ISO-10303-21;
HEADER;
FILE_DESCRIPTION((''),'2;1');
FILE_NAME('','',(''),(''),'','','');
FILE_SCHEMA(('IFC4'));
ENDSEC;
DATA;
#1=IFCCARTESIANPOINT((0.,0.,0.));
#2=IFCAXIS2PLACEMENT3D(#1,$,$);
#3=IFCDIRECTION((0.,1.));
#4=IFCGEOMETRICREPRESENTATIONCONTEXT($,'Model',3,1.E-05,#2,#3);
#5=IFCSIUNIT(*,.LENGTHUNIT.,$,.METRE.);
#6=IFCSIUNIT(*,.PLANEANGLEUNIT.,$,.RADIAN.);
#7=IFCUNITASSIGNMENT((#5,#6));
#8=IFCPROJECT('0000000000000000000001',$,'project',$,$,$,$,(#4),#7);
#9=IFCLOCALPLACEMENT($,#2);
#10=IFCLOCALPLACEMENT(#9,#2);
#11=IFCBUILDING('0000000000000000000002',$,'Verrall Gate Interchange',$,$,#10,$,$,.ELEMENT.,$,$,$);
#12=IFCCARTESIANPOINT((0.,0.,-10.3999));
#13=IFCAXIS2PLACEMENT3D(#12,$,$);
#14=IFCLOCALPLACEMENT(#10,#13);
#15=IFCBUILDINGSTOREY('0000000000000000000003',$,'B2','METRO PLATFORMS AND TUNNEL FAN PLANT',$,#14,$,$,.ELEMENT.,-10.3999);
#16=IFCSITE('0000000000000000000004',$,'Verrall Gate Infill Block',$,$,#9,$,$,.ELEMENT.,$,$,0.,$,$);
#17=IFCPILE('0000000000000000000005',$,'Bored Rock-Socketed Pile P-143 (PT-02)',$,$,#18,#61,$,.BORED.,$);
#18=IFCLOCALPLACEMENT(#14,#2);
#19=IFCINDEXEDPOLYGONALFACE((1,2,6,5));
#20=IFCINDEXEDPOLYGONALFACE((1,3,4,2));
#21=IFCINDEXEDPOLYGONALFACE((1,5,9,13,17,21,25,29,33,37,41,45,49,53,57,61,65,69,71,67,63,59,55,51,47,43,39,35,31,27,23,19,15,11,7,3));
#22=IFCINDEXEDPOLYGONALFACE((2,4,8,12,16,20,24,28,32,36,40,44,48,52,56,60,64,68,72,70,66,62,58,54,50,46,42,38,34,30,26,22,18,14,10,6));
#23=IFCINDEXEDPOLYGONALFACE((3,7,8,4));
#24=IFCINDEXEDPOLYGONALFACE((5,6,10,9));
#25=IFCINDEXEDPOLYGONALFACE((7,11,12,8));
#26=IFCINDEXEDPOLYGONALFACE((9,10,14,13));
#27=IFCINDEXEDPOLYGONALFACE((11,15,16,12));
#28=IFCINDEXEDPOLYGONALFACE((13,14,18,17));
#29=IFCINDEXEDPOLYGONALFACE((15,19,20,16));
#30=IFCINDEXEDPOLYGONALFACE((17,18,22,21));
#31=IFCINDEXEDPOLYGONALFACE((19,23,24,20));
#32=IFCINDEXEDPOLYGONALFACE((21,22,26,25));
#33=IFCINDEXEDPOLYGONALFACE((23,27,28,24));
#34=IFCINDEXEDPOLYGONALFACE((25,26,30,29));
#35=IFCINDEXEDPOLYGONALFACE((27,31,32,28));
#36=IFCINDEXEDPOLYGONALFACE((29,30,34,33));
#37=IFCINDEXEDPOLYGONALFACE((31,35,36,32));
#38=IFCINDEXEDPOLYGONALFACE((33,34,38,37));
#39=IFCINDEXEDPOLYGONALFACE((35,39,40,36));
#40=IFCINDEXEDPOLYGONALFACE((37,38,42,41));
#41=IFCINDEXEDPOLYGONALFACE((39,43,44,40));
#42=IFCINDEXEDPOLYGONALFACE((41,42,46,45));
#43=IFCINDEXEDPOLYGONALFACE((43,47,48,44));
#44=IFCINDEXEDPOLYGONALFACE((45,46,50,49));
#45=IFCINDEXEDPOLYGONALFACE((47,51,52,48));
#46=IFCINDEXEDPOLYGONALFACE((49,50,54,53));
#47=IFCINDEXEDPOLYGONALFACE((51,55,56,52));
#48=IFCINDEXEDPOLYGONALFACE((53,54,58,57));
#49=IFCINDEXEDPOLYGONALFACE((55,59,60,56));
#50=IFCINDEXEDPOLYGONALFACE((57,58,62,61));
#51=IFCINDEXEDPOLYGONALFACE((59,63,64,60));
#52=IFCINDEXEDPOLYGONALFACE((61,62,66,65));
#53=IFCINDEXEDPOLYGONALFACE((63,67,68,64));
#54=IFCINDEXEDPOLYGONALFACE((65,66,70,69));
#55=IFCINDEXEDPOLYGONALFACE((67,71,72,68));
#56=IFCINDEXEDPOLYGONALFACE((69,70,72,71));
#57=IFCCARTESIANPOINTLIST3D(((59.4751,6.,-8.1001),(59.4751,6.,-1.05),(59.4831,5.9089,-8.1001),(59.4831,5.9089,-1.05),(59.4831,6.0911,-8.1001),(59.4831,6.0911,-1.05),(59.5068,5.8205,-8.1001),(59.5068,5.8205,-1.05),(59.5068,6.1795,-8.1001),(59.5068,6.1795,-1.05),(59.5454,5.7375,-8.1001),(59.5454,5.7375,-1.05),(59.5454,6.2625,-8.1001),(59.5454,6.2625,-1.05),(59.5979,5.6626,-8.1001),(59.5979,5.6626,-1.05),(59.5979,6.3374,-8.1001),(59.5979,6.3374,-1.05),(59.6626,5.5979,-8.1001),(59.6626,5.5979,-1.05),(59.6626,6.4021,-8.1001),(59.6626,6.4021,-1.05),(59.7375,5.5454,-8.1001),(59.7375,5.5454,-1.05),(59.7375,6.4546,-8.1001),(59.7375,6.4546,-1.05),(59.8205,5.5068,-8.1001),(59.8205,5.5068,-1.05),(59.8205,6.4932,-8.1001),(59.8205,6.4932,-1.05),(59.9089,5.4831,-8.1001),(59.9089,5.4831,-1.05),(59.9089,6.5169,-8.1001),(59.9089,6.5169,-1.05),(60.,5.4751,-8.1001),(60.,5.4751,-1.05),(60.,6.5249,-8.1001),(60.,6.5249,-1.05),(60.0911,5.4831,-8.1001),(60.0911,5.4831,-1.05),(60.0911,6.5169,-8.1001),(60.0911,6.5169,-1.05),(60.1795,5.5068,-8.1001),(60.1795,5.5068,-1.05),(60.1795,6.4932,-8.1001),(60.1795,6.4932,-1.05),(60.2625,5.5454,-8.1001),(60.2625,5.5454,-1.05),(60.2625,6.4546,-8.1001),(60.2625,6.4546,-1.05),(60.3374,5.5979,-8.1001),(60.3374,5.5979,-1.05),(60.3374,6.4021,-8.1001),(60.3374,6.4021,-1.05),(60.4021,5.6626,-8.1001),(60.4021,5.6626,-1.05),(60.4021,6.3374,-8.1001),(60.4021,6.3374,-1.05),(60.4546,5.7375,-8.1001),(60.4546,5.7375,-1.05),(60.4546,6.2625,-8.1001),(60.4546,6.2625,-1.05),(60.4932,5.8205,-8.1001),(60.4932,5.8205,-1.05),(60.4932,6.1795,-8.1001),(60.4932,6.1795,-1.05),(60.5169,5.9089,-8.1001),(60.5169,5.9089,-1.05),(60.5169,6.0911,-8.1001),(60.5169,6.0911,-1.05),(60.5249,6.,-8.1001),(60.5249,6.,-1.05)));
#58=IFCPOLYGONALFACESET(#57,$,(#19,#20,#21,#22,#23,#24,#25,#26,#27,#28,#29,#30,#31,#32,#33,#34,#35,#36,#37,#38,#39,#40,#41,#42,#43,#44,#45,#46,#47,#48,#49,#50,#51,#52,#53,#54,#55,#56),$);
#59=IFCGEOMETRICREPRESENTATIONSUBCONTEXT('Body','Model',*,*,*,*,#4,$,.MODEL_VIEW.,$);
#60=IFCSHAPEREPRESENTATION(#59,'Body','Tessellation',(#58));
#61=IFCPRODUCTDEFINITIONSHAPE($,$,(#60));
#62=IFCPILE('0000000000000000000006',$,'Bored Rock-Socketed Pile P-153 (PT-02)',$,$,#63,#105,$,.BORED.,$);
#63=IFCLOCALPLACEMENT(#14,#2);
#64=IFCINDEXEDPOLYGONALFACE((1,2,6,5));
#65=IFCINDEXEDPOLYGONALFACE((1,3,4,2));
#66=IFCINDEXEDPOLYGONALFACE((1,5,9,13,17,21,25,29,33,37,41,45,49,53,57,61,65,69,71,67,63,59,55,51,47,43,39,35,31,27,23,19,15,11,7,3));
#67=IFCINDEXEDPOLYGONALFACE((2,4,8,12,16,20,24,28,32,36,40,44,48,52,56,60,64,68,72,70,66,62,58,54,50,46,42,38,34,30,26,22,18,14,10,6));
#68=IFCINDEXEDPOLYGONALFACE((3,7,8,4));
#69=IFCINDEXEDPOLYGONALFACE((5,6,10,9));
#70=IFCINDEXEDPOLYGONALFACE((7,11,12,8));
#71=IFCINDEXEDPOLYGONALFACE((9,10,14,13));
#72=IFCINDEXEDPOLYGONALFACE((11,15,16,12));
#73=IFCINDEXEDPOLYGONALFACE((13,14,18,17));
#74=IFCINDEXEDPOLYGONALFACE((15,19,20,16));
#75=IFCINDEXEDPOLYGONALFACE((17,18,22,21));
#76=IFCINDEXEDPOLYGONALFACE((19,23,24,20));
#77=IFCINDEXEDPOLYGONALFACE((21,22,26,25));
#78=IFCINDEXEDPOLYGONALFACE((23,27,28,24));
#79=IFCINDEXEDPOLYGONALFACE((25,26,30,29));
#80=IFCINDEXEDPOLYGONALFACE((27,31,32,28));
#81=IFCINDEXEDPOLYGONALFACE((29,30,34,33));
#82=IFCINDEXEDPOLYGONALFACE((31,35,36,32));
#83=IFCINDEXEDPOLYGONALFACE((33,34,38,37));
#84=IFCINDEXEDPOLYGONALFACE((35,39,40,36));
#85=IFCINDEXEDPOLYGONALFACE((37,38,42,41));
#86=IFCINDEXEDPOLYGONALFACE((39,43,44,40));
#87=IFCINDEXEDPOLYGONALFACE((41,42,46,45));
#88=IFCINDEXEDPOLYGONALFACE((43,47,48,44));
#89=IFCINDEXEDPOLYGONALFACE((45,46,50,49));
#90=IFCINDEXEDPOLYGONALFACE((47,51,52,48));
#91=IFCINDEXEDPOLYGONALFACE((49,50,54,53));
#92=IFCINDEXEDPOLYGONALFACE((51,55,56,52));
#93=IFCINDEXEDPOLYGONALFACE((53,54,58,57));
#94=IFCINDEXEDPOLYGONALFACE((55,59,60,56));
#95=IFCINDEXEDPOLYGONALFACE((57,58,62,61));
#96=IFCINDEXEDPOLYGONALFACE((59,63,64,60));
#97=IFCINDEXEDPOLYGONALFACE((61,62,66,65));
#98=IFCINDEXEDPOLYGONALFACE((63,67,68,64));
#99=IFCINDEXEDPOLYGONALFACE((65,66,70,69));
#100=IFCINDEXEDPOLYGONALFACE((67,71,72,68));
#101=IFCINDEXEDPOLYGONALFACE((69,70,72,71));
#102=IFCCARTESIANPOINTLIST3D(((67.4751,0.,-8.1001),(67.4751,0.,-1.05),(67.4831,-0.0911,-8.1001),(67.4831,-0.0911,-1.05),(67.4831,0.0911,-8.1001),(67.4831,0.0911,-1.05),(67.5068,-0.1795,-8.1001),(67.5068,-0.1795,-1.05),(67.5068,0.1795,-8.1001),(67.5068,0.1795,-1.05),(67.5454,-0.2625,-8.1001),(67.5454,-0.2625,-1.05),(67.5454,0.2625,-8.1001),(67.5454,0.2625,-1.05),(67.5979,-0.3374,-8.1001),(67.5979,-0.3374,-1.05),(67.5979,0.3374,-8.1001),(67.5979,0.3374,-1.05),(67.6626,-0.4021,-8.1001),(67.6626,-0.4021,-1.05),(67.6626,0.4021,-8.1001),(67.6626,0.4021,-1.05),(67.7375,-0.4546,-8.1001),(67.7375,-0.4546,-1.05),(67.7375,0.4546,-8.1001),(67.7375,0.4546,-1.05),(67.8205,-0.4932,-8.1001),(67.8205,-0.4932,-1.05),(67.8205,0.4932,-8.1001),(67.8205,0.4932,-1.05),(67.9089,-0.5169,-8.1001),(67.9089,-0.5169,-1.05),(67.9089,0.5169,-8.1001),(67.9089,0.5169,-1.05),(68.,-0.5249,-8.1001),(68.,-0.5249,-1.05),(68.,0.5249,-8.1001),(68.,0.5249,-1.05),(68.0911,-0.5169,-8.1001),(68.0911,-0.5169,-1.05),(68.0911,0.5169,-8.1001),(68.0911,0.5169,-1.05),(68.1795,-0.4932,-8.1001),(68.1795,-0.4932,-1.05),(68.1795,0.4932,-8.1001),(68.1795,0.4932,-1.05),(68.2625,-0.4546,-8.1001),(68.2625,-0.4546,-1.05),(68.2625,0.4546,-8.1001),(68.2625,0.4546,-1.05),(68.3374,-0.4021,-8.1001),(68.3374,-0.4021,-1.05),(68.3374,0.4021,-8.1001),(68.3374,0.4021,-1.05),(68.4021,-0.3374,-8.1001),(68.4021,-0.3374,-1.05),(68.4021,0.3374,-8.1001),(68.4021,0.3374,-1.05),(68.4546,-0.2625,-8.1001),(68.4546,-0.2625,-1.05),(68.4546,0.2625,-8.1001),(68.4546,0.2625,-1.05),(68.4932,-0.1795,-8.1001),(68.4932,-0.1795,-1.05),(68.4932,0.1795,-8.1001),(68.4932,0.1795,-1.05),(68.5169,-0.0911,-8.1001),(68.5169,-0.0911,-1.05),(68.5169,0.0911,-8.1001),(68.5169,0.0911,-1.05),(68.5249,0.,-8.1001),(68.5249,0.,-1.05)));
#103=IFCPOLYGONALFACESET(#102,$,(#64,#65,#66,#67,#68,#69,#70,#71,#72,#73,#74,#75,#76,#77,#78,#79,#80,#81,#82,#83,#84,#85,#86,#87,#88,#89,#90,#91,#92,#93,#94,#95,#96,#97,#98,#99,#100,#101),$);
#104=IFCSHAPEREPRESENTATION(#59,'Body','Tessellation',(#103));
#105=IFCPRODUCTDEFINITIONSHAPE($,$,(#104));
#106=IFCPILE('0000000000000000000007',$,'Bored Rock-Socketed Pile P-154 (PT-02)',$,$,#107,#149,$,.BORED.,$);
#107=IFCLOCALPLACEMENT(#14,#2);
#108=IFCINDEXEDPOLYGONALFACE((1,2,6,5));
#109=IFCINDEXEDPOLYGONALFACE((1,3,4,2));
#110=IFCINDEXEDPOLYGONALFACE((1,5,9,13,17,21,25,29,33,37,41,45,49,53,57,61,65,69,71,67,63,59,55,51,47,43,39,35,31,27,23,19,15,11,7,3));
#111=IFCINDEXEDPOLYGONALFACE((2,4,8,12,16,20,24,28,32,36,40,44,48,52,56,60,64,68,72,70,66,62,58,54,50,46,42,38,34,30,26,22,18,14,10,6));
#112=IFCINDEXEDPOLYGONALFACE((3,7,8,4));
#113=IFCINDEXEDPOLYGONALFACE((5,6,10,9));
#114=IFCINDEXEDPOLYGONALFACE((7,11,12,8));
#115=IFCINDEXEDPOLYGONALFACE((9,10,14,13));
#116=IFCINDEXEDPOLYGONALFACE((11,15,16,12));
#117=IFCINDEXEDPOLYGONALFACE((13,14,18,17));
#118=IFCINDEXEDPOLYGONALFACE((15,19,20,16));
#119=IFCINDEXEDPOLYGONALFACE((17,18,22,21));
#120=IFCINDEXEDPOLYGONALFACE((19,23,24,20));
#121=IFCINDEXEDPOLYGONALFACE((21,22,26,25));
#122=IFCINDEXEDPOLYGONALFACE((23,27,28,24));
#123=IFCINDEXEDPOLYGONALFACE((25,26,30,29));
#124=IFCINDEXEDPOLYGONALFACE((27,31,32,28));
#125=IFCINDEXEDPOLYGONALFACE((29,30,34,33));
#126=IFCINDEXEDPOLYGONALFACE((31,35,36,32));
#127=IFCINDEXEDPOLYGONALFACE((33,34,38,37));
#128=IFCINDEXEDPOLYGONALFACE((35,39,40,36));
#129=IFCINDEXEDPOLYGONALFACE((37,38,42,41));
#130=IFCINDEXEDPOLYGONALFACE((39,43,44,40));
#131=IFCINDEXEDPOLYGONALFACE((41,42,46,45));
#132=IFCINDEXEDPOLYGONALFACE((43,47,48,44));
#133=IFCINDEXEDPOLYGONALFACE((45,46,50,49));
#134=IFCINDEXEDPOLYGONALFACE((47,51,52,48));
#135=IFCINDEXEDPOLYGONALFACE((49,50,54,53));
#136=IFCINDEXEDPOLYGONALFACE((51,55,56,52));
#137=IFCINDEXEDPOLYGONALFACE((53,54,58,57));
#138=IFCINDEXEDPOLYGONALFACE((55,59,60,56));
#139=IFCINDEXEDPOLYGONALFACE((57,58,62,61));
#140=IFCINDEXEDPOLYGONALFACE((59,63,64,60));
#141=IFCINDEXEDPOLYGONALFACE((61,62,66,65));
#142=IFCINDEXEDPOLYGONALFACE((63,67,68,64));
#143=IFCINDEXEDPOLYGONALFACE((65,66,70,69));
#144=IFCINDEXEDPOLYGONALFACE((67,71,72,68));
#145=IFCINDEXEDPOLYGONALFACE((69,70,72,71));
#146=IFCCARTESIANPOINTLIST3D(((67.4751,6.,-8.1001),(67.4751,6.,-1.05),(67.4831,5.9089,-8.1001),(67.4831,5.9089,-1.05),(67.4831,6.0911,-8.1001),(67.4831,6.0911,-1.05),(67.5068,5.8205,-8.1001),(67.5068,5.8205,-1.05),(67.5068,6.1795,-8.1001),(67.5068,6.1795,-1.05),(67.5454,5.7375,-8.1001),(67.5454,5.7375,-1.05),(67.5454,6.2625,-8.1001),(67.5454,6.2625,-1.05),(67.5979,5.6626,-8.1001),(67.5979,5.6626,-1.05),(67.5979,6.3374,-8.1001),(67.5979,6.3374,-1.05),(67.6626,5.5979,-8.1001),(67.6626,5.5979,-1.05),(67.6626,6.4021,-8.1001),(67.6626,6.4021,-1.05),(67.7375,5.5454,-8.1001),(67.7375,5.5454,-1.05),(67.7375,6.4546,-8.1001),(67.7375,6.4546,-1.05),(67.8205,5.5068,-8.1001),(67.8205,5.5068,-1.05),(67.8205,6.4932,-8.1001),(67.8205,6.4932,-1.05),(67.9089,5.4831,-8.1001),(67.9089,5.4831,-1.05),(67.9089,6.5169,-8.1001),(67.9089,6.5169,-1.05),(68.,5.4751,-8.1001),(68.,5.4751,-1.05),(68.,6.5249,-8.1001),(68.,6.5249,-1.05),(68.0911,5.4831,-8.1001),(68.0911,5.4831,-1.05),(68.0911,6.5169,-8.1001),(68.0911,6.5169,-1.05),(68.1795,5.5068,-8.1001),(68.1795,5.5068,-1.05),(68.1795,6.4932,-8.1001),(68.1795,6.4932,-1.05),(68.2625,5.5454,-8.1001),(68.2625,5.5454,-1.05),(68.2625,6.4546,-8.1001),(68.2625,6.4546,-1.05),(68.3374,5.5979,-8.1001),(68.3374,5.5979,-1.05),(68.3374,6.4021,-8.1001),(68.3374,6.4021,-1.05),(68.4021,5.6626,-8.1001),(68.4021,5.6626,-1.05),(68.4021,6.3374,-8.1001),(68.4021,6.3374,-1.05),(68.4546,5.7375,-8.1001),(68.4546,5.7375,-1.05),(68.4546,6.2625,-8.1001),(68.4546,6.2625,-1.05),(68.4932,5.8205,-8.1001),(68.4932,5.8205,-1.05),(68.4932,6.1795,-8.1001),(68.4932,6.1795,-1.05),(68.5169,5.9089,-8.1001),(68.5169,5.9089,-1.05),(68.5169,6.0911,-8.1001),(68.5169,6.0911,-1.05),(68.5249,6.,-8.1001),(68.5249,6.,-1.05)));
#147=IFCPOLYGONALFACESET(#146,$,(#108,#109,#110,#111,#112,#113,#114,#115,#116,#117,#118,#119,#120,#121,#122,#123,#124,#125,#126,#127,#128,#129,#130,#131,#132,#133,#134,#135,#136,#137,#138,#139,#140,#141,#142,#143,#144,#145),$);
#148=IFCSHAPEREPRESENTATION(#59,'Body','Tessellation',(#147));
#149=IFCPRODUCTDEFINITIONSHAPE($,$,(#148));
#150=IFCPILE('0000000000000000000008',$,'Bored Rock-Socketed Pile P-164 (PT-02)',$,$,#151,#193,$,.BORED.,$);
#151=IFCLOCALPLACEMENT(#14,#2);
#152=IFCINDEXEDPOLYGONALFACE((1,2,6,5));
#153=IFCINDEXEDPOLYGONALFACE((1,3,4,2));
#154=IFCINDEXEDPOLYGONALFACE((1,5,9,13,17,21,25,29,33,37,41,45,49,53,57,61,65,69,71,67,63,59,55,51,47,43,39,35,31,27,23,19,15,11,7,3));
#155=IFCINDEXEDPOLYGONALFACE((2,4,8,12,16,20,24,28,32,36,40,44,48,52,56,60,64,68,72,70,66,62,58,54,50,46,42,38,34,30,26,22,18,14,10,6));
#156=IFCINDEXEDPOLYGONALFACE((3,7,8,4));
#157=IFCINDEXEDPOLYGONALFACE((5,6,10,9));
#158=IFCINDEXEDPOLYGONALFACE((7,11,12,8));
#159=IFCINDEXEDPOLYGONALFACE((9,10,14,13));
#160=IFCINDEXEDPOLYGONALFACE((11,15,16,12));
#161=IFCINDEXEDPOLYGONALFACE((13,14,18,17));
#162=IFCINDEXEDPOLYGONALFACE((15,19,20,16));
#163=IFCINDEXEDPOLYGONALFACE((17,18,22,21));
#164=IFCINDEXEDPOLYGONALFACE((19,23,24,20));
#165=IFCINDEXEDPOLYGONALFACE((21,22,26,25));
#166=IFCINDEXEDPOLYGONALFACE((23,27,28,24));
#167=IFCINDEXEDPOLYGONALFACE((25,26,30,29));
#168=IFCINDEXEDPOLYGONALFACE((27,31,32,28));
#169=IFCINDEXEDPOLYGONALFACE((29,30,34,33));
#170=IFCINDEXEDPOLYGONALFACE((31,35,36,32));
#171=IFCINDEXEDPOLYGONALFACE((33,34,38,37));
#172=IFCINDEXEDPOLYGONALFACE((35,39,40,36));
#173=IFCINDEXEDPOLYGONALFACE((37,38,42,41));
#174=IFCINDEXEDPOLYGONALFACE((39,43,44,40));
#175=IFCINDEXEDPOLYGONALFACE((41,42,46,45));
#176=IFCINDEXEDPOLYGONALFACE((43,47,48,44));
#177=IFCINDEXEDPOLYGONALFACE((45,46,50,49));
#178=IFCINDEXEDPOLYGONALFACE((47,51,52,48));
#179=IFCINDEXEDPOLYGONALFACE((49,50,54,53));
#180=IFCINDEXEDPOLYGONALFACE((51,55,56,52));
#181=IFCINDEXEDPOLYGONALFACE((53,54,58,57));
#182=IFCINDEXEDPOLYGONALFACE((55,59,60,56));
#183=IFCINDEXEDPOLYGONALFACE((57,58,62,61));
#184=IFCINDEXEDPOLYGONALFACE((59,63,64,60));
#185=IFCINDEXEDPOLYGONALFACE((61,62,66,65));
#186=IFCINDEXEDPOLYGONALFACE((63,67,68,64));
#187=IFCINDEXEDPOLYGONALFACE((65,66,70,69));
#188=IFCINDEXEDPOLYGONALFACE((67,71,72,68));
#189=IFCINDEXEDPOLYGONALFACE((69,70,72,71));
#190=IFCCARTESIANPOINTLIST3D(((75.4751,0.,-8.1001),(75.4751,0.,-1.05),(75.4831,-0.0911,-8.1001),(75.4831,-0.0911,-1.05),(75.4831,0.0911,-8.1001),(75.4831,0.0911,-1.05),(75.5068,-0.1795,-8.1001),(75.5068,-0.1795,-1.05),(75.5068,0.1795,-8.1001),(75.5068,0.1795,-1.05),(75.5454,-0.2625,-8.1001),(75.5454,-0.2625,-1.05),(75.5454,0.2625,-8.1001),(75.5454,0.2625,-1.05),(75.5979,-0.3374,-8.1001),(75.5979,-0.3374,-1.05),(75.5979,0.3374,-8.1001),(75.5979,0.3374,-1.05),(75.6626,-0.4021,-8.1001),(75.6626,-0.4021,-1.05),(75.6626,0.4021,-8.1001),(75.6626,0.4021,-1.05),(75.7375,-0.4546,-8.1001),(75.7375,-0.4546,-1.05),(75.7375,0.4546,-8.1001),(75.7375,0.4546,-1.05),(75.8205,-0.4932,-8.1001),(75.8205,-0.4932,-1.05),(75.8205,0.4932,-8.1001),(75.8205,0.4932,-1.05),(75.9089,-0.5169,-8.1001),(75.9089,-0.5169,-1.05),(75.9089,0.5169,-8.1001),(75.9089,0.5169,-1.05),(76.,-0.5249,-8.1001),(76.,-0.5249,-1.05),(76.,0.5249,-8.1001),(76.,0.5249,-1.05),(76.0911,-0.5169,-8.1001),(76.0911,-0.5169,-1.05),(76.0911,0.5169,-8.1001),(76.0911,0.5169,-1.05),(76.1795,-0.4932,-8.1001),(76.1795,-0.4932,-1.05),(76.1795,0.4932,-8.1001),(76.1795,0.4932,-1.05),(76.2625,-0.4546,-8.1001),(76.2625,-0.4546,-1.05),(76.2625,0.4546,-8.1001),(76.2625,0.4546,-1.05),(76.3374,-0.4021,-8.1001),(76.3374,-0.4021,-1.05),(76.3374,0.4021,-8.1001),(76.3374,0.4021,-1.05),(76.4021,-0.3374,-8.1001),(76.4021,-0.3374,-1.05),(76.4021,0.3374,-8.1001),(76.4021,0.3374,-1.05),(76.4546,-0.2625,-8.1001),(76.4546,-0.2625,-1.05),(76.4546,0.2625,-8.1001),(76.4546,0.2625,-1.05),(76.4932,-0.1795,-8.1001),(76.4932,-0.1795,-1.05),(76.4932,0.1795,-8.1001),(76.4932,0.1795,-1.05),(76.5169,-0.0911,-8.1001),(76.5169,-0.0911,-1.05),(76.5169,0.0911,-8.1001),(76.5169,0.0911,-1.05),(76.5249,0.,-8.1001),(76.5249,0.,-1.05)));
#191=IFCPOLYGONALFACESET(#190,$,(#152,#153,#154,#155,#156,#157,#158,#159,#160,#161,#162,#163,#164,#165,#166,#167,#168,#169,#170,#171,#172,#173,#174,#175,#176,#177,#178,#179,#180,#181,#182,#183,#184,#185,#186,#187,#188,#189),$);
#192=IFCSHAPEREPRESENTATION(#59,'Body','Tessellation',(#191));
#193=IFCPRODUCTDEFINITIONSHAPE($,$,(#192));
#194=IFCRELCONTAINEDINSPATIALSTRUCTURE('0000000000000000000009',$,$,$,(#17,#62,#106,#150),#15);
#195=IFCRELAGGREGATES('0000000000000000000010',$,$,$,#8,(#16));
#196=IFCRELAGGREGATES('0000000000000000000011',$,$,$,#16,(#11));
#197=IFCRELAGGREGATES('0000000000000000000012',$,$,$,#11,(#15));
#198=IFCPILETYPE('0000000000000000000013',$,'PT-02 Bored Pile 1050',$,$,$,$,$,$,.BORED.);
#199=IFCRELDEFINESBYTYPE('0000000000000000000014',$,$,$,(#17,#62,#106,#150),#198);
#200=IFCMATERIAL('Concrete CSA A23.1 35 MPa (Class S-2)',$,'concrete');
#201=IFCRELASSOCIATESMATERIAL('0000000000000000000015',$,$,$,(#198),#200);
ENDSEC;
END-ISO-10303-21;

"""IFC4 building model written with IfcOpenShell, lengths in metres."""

from ifc_helpers import new_model, si_unit, direction, frame, origin, origin_2d, place, context, subcontext, project, spatial, circle, extrude, material, material_profile, profile_set, type_object, element, save


model = new_model("IFC4")

# Units and contexts
model_context = context("Model", 3, precision=1e-05, world=origin(), true_north=direction((0.0, 1.0)))
body_context = subcontext(model_context, "Body", "Model", "MODEL_VIEW")
ifc_project = project(units=[si_unit("LENGTHUNIT", "METRE"), si_unit("PLANEANGLEUNIT", "RADIAN")], contexts=[model_context])

# Site, building, storey
site_placement = place(None, origin())
site = spatial("IfcSite", under=ifc_project, at=site_placement, Name="Verrall Gate Infill Block", CompositionType="ELEMENT", RefElevation=0.0)
building_placement = place(site_placement, origin())
building = spatial("IfcBuilding", under=site, at=building_placement, Name="Verrall Gate Interchange", CompositionType="ELEMENT")
storey_placement = place(building_placement, frame((0.0, 0.0, -10.3999)))
storey = spatial("IfcBuildingStorey", under=building, at=storey_placement, Name="B2", Description="METRO PLATFORMS AND TUNNEL FAN PLANT", CompositionType="ELEMENT", Elevation=-10.3999)

# Piles
ifc_material_1 = material(Name="Concrete CSA A23.1 35 MPa (Class S-2)", Category="concrete")
ifc_material_profile_1 = material_profile(ifc_material_1, circle(Radius=0.5249, at=origin_2d()), Name="PILE1050D")
ifc_profile_set_1 = profile_set([ifc_material_profile_1], Name="Concrete CSA A23.1 35 MPa (Class S-2)")
pile_type_1 = type_object("IfcPileType", Name="PT-02 Bored Pile 1050", PredefinedType="BORED", material=ifc_profile_set_1)
for number, where, z_axis, x_axis, name in (
    (1, (60.0, 6.0, -1.05), (0.0, 0.0, -1.0), (1.0, 0.0, 0.0), "Bored Rock-Socketed Pile P-143 (PT-02)"),
    (2, (68.0, 0.0, -1.05), (0.0, 0.0, -1.0), (1.0, 0.0, 0.0), "Bored Rock-Socketed Pile P-153 (PT-02)"),
    (3, (68.0, 6.0, -1.05), (0.0, 0.0, -1.0), (1.0, 0.0, 0.0), "Bored Rock-Socketed Pile P-154 (PT-02)"),
    (4, (76.0, 0.0, -1.05), (0.0, 0.0, -1.0), (1.0, 0.0, 0.0), "Bored Rock-Socketed Pile P-164 (PT-02)"),
):
    element("IfcPile", number, at=place(storey_placement, frame(where, z_axis=z_axis, x_axis=x_axis)), inside=storey, type_object=pile_type_1, Name=name, PredefinedType="BORED", context=body_context, shape_type="SweptSolid", body=[
        extrude(circle(Radius=0.5249, at=origin_2d()), origin(), (0.0, 0.0, 1.0), 7.05),
    ])

save(model, "model.ifc")
